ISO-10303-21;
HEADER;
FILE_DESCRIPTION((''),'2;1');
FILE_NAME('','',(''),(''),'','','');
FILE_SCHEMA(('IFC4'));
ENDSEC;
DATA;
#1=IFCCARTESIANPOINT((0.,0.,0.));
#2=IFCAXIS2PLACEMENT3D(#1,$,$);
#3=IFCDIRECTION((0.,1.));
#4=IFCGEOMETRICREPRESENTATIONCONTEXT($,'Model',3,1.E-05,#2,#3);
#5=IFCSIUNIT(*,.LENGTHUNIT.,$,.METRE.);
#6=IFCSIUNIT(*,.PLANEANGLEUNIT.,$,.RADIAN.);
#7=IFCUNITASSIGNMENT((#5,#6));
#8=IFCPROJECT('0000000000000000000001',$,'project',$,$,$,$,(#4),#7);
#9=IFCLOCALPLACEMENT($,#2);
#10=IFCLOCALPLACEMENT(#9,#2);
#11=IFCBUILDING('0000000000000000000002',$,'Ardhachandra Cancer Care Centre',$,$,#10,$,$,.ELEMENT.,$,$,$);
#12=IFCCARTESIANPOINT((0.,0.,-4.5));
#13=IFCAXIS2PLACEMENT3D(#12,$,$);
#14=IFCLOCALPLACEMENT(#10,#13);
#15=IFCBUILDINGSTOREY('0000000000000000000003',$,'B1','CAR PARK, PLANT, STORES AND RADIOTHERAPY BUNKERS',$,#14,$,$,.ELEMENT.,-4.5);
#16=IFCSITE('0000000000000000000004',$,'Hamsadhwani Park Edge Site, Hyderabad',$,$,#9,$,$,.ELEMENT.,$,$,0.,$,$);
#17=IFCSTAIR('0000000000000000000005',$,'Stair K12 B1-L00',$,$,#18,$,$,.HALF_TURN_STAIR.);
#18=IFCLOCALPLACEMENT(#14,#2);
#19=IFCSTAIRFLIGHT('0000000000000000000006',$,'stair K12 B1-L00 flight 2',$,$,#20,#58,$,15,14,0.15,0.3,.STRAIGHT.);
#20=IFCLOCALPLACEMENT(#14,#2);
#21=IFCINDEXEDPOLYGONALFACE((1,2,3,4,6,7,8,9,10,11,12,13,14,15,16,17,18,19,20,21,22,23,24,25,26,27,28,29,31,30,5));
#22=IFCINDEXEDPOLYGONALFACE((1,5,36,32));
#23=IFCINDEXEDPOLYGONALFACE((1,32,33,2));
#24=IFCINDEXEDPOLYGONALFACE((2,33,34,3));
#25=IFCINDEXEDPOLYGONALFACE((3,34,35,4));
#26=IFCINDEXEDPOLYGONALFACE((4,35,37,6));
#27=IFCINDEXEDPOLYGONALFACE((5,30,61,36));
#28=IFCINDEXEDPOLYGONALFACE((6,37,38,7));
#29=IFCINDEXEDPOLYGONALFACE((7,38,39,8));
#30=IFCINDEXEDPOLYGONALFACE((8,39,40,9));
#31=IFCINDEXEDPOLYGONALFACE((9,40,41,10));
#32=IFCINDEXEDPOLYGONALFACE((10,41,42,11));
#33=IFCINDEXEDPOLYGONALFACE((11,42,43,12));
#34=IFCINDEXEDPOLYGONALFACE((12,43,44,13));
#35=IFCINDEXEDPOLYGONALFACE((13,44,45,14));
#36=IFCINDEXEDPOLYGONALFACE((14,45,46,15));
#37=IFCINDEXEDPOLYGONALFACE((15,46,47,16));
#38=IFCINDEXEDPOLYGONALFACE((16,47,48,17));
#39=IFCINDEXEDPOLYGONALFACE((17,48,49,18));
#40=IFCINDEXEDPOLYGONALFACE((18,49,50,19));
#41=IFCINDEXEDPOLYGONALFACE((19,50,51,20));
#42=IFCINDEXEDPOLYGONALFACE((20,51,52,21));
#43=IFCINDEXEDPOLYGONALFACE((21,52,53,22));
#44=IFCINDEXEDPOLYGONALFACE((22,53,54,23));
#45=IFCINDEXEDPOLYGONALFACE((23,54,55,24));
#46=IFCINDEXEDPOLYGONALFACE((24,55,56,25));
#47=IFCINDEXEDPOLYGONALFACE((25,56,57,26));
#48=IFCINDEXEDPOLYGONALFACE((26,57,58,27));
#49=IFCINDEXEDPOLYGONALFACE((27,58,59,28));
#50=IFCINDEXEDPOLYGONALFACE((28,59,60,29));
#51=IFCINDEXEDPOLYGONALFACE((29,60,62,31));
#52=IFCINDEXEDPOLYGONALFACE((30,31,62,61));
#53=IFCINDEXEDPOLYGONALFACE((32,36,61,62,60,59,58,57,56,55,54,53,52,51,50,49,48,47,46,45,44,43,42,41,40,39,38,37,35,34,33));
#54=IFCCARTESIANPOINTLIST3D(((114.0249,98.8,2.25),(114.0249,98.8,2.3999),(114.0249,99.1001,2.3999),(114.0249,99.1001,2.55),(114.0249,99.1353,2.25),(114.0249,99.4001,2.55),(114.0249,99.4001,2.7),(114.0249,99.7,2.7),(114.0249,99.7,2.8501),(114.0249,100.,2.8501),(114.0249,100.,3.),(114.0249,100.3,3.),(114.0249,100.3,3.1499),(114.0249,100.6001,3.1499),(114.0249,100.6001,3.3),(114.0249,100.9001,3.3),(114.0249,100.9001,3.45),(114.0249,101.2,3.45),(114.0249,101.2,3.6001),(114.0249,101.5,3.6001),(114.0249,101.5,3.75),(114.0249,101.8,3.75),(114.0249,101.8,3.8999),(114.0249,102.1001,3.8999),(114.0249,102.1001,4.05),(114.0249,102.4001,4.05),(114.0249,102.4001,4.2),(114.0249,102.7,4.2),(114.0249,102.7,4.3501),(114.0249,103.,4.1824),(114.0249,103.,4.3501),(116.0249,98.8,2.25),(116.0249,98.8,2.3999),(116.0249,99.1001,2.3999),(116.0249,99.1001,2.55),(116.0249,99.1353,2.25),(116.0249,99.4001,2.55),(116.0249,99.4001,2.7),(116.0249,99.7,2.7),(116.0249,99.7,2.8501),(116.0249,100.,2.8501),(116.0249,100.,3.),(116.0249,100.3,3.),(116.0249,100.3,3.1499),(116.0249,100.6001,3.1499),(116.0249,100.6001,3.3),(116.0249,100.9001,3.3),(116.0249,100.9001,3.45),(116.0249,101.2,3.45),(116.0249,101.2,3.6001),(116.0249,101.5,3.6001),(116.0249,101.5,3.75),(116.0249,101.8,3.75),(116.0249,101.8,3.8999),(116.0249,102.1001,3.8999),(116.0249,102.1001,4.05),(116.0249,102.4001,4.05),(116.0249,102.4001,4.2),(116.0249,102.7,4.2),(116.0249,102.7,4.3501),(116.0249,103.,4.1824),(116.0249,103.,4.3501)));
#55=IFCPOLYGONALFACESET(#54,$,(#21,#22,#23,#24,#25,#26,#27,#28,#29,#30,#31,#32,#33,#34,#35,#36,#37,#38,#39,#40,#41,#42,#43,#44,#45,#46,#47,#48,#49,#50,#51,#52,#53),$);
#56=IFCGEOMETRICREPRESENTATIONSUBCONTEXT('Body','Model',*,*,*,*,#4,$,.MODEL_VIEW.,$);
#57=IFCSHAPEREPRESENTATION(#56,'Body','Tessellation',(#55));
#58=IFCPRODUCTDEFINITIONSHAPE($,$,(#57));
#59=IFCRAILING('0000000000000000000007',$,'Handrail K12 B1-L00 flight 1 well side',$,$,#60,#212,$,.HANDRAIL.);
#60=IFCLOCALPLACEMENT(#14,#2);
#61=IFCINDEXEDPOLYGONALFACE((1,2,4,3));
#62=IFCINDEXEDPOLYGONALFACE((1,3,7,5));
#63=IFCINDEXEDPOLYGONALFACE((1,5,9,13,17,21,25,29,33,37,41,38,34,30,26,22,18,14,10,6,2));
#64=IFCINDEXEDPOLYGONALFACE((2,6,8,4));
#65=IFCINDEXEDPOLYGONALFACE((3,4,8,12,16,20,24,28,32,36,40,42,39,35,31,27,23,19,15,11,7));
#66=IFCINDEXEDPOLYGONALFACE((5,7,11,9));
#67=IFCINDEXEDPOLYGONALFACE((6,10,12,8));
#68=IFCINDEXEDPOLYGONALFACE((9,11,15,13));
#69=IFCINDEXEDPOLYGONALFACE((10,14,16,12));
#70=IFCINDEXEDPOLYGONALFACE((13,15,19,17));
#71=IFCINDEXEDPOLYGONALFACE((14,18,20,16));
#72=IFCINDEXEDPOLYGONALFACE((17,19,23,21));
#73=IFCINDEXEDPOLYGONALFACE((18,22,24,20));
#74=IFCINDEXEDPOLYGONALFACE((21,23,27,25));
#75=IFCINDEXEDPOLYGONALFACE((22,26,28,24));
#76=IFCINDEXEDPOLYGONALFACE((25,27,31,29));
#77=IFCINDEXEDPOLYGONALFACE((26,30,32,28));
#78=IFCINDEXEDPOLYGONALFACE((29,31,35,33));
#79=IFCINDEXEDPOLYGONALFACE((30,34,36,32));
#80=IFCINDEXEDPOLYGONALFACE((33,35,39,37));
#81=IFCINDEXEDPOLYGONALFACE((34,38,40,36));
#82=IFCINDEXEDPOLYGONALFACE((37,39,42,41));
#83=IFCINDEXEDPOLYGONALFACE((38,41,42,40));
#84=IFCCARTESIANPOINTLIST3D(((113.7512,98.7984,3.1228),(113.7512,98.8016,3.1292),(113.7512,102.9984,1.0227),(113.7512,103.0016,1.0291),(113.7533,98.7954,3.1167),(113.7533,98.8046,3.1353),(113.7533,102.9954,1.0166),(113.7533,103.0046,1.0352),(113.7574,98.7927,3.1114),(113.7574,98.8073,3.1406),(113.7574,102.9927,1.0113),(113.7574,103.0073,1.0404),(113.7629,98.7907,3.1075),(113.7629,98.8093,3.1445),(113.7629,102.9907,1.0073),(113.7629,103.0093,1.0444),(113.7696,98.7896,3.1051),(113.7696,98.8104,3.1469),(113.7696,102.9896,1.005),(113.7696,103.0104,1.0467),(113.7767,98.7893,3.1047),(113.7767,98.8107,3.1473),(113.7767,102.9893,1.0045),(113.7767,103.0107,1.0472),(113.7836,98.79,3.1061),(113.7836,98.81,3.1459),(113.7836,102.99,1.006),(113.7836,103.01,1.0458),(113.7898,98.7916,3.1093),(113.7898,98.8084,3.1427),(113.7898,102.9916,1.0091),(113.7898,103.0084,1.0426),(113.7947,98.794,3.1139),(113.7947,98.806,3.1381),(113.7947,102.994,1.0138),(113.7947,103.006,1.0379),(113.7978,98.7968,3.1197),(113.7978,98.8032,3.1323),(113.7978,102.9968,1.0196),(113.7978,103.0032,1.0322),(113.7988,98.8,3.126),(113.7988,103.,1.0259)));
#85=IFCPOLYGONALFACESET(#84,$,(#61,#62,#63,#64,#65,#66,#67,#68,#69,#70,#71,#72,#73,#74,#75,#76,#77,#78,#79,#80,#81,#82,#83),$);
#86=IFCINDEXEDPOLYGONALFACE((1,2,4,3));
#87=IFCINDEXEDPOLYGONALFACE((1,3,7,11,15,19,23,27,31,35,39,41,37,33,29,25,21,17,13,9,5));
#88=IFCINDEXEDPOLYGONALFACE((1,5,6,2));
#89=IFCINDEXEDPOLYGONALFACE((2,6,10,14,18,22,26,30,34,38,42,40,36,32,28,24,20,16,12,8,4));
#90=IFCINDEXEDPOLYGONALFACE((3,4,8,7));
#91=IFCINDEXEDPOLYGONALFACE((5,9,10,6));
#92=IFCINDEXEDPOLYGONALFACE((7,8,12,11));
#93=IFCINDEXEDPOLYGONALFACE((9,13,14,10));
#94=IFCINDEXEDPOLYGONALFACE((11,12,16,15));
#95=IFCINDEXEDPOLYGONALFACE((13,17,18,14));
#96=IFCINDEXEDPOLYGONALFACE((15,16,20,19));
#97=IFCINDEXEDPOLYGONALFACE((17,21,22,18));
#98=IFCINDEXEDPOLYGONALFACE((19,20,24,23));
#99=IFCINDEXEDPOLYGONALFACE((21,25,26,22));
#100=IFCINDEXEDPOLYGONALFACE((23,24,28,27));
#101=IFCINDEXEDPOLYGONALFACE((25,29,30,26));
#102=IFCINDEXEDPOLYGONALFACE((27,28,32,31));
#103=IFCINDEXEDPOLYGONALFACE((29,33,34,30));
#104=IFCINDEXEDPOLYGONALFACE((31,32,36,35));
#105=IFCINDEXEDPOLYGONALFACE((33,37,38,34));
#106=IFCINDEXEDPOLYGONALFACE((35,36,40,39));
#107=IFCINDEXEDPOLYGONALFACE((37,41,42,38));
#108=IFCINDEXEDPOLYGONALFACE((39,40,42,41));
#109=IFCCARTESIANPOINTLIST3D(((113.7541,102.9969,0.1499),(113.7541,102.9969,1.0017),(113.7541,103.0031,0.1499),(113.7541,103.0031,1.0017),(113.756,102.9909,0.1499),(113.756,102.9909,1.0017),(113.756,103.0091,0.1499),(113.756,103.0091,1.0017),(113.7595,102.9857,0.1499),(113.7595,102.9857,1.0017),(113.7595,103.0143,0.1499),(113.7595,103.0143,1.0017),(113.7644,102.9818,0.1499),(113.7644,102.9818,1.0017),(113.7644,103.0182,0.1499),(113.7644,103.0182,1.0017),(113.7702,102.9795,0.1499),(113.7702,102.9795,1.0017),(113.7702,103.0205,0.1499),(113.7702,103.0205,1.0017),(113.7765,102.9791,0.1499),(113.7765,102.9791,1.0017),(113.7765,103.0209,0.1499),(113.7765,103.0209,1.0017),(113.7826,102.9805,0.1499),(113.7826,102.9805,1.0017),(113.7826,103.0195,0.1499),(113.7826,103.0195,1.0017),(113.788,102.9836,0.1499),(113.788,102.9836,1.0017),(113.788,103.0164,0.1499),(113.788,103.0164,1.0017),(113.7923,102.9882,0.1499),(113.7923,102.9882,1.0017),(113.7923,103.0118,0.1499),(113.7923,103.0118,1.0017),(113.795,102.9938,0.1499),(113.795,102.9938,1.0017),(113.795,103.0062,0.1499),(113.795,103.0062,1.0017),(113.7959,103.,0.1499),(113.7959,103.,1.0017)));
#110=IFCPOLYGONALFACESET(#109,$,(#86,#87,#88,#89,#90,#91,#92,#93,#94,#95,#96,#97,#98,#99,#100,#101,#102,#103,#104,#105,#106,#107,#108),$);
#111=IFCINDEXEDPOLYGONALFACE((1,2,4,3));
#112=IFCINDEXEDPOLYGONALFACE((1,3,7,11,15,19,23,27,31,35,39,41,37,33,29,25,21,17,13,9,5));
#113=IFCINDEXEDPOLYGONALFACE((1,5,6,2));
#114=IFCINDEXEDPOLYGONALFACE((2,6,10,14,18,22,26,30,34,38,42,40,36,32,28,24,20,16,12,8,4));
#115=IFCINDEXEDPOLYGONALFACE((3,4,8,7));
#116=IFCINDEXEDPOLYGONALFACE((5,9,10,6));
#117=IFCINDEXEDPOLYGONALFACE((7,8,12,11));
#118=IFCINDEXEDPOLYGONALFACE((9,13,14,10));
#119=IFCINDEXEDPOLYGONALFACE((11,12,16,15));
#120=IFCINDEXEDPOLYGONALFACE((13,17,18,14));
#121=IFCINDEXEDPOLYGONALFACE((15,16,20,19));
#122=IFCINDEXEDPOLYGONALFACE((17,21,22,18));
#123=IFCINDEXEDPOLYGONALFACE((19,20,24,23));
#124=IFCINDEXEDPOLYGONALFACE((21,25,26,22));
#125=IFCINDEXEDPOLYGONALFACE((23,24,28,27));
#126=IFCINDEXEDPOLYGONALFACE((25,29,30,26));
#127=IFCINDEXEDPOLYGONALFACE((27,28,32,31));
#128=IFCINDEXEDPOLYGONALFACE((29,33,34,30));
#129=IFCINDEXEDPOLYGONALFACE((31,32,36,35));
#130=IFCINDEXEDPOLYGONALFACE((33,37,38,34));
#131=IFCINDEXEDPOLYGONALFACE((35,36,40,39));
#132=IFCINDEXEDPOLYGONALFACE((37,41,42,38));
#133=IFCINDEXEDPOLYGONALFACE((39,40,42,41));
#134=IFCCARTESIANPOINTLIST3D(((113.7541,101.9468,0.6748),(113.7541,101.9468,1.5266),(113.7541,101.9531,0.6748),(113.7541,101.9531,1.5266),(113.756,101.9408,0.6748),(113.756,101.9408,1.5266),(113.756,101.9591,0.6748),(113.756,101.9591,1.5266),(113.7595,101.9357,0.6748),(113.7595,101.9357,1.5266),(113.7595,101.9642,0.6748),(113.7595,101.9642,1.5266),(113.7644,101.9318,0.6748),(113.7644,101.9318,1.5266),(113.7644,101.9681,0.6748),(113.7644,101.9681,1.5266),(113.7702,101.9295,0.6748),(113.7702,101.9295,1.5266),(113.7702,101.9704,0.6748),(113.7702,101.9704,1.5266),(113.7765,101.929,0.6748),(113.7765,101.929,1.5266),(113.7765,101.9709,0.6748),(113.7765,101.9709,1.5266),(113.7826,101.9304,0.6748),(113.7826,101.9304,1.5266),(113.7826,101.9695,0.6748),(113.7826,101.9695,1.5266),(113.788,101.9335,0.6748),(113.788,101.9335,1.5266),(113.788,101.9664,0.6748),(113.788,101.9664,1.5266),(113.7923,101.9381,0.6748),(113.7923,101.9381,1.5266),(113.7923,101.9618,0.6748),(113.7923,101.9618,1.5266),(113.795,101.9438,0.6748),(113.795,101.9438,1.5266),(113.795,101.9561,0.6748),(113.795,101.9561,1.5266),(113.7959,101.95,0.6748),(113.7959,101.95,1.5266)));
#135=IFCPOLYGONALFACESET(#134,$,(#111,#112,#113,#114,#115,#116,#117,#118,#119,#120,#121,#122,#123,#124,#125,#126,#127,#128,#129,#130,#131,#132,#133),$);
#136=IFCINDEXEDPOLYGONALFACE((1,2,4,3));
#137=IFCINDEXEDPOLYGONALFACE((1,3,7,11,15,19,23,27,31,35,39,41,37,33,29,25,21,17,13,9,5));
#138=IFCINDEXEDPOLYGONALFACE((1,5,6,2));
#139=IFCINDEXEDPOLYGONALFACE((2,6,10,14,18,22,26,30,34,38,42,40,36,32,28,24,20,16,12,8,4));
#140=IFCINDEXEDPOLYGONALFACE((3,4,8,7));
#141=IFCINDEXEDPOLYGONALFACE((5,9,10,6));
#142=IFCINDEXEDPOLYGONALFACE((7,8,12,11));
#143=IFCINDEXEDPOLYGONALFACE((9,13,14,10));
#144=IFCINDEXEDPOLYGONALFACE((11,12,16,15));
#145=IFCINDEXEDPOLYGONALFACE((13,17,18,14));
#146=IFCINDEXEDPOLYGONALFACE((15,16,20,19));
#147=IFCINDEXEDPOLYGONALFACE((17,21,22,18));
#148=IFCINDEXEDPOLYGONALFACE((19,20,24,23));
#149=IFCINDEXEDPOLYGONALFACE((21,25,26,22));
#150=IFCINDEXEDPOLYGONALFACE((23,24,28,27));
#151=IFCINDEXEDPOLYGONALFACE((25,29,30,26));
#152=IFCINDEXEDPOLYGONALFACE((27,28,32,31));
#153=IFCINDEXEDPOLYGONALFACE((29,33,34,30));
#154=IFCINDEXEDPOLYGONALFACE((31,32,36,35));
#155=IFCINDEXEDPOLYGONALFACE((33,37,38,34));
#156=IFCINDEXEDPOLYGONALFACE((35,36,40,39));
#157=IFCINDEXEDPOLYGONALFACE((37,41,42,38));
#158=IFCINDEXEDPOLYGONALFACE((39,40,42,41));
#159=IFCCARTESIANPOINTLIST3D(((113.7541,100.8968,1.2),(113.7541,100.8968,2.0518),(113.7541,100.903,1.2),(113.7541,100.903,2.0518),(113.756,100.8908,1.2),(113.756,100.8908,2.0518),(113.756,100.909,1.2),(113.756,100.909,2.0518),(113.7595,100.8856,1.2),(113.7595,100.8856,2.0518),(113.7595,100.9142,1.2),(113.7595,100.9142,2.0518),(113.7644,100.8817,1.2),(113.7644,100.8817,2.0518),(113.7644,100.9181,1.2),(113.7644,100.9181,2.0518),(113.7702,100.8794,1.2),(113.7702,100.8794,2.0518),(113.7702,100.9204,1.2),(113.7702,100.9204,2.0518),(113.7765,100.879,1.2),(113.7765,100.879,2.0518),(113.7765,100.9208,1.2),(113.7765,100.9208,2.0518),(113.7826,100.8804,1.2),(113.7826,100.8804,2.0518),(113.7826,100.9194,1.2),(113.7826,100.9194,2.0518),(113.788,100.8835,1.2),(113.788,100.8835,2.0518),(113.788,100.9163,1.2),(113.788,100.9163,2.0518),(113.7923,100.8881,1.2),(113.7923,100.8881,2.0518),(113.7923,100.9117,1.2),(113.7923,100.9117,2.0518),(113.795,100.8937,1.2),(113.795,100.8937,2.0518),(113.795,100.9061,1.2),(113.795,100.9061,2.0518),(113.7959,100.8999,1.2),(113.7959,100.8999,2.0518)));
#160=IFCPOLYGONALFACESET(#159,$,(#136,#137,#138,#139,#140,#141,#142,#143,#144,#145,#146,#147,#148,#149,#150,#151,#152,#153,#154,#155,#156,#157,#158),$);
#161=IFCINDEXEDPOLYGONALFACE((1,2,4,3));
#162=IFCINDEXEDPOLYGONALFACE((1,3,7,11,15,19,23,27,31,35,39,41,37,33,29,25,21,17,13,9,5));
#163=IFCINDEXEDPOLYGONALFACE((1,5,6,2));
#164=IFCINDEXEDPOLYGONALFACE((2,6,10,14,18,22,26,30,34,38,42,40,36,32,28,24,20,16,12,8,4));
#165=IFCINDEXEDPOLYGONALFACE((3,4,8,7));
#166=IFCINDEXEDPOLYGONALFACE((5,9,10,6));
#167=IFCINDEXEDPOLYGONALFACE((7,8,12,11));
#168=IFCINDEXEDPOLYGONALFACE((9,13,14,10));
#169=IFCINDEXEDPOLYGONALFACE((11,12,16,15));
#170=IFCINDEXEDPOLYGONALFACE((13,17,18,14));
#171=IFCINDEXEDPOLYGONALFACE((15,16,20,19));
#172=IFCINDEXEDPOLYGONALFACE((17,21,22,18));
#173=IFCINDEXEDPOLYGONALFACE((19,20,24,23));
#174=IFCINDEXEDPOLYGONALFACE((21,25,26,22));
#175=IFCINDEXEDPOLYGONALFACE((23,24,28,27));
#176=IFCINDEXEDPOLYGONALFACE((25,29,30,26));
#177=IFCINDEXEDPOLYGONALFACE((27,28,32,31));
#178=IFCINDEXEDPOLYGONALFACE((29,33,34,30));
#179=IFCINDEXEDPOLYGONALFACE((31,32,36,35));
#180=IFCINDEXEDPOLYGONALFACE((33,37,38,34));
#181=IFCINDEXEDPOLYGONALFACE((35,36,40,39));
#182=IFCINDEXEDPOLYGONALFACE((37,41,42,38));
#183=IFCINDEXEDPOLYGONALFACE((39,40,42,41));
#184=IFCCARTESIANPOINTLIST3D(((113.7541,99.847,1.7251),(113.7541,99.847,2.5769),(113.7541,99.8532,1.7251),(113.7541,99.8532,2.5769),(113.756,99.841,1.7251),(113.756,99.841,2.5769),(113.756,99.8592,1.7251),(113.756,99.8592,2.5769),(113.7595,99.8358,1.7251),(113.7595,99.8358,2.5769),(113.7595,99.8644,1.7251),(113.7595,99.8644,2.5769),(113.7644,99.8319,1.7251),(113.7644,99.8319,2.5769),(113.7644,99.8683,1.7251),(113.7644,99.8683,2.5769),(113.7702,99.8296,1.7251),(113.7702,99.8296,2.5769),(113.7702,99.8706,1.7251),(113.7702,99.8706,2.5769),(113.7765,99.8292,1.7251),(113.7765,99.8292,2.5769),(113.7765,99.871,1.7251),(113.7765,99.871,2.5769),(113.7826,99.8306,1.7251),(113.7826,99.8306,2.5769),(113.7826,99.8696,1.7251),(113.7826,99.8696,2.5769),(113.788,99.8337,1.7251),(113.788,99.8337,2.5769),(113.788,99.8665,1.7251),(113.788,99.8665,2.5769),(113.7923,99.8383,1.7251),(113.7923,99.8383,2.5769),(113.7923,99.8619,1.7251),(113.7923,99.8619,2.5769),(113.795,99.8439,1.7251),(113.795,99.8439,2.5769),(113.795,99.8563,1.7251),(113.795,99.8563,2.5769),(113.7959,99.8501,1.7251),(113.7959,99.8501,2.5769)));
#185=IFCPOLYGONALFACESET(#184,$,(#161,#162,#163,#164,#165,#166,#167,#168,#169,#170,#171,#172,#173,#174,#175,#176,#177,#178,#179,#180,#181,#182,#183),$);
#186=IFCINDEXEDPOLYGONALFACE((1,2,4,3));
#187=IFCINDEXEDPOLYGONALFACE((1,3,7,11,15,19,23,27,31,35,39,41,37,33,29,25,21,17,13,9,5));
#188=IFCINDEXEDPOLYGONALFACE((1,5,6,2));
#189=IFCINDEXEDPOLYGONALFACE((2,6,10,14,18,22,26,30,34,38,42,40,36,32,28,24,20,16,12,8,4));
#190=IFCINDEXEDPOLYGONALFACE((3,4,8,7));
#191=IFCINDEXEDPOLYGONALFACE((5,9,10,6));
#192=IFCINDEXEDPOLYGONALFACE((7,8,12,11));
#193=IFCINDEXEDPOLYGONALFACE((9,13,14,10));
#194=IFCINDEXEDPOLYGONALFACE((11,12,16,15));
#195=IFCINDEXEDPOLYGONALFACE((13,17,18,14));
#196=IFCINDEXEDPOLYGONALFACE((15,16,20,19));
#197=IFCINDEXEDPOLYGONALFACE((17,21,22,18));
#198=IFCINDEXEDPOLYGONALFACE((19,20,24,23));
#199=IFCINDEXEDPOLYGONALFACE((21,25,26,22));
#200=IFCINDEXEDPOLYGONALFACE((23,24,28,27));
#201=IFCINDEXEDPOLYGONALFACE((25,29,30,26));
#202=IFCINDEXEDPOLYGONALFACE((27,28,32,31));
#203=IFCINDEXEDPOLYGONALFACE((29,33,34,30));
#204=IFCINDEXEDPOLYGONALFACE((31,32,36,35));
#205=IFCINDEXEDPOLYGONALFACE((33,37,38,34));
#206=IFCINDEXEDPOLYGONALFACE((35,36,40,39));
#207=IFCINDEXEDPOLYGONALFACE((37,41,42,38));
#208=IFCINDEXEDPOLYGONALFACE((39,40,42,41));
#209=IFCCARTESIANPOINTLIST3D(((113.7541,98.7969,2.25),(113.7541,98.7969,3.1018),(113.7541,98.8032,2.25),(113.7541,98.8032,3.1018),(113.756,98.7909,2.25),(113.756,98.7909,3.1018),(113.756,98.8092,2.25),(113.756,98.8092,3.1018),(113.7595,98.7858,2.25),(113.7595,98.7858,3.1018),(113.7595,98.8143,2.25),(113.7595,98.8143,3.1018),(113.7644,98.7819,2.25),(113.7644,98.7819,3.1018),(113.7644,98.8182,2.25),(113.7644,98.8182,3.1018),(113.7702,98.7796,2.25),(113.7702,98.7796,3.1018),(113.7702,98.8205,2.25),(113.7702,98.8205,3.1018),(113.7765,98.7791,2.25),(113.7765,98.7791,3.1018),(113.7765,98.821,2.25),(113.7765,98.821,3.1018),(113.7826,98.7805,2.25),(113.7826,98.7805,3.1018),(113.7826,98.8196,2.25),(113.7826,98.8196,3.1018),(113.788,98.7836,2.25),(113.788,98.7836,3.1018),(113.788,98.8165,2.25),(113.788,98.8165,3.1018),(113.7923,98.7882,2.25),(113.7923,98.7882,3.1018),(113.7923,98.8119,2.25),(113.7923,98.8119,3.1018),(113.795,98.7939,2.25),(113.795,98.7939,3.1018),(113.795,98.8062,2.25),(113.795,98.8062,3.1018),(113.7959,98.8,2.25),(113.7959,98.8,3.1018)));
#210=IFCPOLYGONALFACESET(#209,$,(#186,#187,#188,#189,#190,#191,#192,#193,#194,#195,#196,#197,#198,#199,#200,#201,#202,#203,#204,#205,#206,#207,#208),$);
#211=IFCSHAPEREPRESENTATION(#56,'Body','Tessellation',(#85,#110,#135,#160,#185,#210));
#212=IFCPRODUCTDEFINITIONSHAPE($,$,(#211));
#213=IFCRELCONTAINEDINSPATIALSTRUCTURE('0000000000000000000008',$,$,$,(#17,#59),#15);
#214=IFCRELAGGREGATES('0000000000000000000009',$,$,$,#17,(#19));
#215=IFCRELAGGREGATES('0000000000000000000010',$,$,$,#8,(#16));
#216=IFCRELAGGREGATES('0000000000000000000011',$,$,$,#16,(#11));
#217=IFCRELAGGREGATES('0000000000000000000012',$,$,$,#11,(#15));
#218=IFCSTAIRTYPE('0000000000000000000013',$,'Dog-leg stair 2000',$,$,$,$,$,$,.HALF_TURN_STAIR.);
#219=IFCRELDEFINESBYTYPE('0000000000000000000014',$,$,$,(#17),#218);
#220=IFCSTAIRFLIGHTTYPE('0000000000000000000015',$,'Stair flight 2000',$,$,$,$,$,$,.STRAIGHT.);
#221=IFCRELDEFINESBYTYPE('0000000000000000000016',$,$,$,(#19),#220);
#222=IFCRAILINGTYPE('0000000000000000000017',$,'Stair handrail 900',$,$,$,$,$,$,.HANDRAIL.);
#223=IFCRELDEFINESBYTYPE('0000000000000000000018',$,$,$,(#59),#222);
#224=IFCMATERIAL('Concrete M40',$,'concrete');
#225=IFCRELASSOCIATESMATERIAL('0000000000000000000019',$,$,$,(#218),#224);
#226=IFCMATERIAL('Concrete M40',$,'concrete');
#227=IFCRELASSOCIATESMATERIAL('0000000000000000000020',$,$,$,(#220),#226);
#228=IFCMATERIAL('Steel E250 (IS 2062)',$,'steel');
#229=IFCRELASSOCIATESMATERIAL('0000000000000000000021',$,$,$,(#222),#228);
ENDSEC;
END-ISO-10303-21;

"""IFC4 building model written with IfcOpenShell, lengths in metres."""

from ifc_helpers import new_model, si_unit, direction, frame, origin, origin_2d, place, context, subcontext, project, spatial, polyline, circle, outline, extrude, material, type_object, element, aggregate, save


model = new_model("IFC4")

# Units and contexts
model_context = context("Model", 3, precision=1e-05, world=origin(), true_north=direction((0.0, 1.0)))
body_context = subcontext(model_context, "Body", "Model", "MODEL_VIEW")
ifc_project = project(units=[si_unit("LENGTHUNIT", "METRE"), si_unit("PLANEANGLEUNIT", "RADIAN")], contexts=[model_context])

# Site, building, storey
site_placement = place(None, origin())
site = spatial("IfcSite", under=ifc_project, at=site_placement, Name="Hamsadhwani Park Edge Site, Hyderabad", CompositionType="ELEMENT", RefElevation=0.0)
building_placement = place(site_placement, origin())
building = spatial("IfcBuilding", under=site, at=building_placement, Name="Ardhachandra Cancer Care Centre", CompositionType="ELEMENT")
storey_placement = place(building_placement, frame((0.0, 0.0, -4.5)))
storey = spatial("IfcBuildingStorey", under=building, at=storey_placement, Name="B1", Description="CAR PARK, PLANT, STORES AND RADIOTHERAPY BUNKERS", CompositionType="ELEMENT", Elevation=-4.5)

# Stair, stair flight
ifc_material_1 = material(Name="Concrete M40", Category="concrete")
stair_type = type_object("IfcStairType", Name="Dog-leg stair 2000", PredefinedType="HALF_TURN_STAIR", material=ifc_material_1)
stair_placement = place(storey_placement, origin())
stair = element("IfcStair", 1, at=stair_placement, inside=storey, type_object=stair_type, Name="Stair K12 B1-L00", PredefinedType="HALF_TURN_STAIR")
ifc_material_2 = material(Name="Concrete M40", Category="concrete")
stair_flight_type = type_object("IfcStairFlightType", Name="Stair flight 2000", PredefinedType="STRAIGHT", material=ifc_material_2)
stair_flight_placement = place(storey_placement, frame((115.0249, 98.8, 2.25), z_axis=(0.0, 0.0, 1.0), x_axis=(0.0, 1.0, 0.0)))
stair_flight = element("IfcStairFlight", 2, at=stair_flight_placement, type_object=stair_flight_type, Name="stair K12 B1-L00 flight 2", NumberOfRisers=15, NumberOfTreads=14, PredefinedType="STRAIGHT", RiserHeight=0.15, TreadLength=0.3, context=body_context, shape_type="SweptSolid", body=[
    extrude(outline(polyline([(0.0, 0.0), (0.0, 0.1499), (0.3, 0.1499), (0.3, 0.3), (0.6001, 0.3), (0.6001, 0.45), (0.8999, 0.45), (0.8999, 0.6001), (1.2, 0.6001), (1.2, 0.75), (1.5, 0.75), (1.5, 0.8999), (1.8, 0.8999), (1.8, 1.05), (2.1001, 1.05), (2.1001, 1.2), (2.3999, 1.2), (2.3999, 1.3501), (2.7, 1.3501), (2.7, 1.5), (3.0, 1.5), (3.0, 1.6499), (3.3, 1.6499), (3.3, 1.8), (3.6001, 1.8), (3.6001, 1.95), (3.8999, 1.95), (3.8999, 2.1001), (4.2, 2.1001), (4.2, 2.25), (4.2, 1.9324), (0.3352, 0.0), (0.0, 0.0)])), frame((0.0, 1.0, 0.0), z_axis=(0.0, -1.0, 0.0), x_axis=(1.0, 0.0, 0.0)), (0.0, 0.0, 1.0), 2.0),
])
aggregate(stair, [stair_flight])

# Railing
ifc_material_3 = material(Name="Steel E250 (IS 2062)", Category="steel")
railing_type = type_object("IfcRailingType", Name="Stair handrail 900", PredefinedType="HANDRAIL", material=ifc_material_3)
railing_placement = place(storey_placement, frame((113.7749, 103.0, 0.1499)))
element("IfcRailing", 3, at=railing_placement, inside=storey, type_object=railing_type, Name="Handrail K12 B1-L00 flight 1 well side", PredefinedType="HANDRAIL", context=body_context, shape_type="SweptSolid", body=[
    extrude(circle(Radius=0.0239, at=origin_2d()), frame((0.0, 0.0, 0.876), z_axis=(0.0, -0.894417, 0.447234), x_axis=(1.0, 0.0, 0.0)), (0.0, 0.0, 1.0), 4.6958),
    extrude(circle(Radius=0.021, at=origin_2d()), origin(), (0.0, 0.0, 1.0), 0.8518),
    extrude(circle(Radius=0.021, at=origin_2d()), frame((0.0, -1.05, 0.5249)), (0.0, 0.0, 1.0), 0.8518),
    extrude(circle(Radius=0.021, at=origin_2d()), frame((0.0, -2.1001, 1.05)), (0.0, 0.0, 1.0), 0.8518),
    extrude(circle(Radius=0.021, at=origin_2d()), frame((0.0, -3.1499, 1.5752)), (0.0, 0.0, 1.0), 0.8518),
    extrude(circle(Radius=0.021, at=origin_2d()), frame((0.0, -4.2, 2.1001)), (0.0, 0.0, 1.0), 0.8518),
])

save(model, "model.ifc")
